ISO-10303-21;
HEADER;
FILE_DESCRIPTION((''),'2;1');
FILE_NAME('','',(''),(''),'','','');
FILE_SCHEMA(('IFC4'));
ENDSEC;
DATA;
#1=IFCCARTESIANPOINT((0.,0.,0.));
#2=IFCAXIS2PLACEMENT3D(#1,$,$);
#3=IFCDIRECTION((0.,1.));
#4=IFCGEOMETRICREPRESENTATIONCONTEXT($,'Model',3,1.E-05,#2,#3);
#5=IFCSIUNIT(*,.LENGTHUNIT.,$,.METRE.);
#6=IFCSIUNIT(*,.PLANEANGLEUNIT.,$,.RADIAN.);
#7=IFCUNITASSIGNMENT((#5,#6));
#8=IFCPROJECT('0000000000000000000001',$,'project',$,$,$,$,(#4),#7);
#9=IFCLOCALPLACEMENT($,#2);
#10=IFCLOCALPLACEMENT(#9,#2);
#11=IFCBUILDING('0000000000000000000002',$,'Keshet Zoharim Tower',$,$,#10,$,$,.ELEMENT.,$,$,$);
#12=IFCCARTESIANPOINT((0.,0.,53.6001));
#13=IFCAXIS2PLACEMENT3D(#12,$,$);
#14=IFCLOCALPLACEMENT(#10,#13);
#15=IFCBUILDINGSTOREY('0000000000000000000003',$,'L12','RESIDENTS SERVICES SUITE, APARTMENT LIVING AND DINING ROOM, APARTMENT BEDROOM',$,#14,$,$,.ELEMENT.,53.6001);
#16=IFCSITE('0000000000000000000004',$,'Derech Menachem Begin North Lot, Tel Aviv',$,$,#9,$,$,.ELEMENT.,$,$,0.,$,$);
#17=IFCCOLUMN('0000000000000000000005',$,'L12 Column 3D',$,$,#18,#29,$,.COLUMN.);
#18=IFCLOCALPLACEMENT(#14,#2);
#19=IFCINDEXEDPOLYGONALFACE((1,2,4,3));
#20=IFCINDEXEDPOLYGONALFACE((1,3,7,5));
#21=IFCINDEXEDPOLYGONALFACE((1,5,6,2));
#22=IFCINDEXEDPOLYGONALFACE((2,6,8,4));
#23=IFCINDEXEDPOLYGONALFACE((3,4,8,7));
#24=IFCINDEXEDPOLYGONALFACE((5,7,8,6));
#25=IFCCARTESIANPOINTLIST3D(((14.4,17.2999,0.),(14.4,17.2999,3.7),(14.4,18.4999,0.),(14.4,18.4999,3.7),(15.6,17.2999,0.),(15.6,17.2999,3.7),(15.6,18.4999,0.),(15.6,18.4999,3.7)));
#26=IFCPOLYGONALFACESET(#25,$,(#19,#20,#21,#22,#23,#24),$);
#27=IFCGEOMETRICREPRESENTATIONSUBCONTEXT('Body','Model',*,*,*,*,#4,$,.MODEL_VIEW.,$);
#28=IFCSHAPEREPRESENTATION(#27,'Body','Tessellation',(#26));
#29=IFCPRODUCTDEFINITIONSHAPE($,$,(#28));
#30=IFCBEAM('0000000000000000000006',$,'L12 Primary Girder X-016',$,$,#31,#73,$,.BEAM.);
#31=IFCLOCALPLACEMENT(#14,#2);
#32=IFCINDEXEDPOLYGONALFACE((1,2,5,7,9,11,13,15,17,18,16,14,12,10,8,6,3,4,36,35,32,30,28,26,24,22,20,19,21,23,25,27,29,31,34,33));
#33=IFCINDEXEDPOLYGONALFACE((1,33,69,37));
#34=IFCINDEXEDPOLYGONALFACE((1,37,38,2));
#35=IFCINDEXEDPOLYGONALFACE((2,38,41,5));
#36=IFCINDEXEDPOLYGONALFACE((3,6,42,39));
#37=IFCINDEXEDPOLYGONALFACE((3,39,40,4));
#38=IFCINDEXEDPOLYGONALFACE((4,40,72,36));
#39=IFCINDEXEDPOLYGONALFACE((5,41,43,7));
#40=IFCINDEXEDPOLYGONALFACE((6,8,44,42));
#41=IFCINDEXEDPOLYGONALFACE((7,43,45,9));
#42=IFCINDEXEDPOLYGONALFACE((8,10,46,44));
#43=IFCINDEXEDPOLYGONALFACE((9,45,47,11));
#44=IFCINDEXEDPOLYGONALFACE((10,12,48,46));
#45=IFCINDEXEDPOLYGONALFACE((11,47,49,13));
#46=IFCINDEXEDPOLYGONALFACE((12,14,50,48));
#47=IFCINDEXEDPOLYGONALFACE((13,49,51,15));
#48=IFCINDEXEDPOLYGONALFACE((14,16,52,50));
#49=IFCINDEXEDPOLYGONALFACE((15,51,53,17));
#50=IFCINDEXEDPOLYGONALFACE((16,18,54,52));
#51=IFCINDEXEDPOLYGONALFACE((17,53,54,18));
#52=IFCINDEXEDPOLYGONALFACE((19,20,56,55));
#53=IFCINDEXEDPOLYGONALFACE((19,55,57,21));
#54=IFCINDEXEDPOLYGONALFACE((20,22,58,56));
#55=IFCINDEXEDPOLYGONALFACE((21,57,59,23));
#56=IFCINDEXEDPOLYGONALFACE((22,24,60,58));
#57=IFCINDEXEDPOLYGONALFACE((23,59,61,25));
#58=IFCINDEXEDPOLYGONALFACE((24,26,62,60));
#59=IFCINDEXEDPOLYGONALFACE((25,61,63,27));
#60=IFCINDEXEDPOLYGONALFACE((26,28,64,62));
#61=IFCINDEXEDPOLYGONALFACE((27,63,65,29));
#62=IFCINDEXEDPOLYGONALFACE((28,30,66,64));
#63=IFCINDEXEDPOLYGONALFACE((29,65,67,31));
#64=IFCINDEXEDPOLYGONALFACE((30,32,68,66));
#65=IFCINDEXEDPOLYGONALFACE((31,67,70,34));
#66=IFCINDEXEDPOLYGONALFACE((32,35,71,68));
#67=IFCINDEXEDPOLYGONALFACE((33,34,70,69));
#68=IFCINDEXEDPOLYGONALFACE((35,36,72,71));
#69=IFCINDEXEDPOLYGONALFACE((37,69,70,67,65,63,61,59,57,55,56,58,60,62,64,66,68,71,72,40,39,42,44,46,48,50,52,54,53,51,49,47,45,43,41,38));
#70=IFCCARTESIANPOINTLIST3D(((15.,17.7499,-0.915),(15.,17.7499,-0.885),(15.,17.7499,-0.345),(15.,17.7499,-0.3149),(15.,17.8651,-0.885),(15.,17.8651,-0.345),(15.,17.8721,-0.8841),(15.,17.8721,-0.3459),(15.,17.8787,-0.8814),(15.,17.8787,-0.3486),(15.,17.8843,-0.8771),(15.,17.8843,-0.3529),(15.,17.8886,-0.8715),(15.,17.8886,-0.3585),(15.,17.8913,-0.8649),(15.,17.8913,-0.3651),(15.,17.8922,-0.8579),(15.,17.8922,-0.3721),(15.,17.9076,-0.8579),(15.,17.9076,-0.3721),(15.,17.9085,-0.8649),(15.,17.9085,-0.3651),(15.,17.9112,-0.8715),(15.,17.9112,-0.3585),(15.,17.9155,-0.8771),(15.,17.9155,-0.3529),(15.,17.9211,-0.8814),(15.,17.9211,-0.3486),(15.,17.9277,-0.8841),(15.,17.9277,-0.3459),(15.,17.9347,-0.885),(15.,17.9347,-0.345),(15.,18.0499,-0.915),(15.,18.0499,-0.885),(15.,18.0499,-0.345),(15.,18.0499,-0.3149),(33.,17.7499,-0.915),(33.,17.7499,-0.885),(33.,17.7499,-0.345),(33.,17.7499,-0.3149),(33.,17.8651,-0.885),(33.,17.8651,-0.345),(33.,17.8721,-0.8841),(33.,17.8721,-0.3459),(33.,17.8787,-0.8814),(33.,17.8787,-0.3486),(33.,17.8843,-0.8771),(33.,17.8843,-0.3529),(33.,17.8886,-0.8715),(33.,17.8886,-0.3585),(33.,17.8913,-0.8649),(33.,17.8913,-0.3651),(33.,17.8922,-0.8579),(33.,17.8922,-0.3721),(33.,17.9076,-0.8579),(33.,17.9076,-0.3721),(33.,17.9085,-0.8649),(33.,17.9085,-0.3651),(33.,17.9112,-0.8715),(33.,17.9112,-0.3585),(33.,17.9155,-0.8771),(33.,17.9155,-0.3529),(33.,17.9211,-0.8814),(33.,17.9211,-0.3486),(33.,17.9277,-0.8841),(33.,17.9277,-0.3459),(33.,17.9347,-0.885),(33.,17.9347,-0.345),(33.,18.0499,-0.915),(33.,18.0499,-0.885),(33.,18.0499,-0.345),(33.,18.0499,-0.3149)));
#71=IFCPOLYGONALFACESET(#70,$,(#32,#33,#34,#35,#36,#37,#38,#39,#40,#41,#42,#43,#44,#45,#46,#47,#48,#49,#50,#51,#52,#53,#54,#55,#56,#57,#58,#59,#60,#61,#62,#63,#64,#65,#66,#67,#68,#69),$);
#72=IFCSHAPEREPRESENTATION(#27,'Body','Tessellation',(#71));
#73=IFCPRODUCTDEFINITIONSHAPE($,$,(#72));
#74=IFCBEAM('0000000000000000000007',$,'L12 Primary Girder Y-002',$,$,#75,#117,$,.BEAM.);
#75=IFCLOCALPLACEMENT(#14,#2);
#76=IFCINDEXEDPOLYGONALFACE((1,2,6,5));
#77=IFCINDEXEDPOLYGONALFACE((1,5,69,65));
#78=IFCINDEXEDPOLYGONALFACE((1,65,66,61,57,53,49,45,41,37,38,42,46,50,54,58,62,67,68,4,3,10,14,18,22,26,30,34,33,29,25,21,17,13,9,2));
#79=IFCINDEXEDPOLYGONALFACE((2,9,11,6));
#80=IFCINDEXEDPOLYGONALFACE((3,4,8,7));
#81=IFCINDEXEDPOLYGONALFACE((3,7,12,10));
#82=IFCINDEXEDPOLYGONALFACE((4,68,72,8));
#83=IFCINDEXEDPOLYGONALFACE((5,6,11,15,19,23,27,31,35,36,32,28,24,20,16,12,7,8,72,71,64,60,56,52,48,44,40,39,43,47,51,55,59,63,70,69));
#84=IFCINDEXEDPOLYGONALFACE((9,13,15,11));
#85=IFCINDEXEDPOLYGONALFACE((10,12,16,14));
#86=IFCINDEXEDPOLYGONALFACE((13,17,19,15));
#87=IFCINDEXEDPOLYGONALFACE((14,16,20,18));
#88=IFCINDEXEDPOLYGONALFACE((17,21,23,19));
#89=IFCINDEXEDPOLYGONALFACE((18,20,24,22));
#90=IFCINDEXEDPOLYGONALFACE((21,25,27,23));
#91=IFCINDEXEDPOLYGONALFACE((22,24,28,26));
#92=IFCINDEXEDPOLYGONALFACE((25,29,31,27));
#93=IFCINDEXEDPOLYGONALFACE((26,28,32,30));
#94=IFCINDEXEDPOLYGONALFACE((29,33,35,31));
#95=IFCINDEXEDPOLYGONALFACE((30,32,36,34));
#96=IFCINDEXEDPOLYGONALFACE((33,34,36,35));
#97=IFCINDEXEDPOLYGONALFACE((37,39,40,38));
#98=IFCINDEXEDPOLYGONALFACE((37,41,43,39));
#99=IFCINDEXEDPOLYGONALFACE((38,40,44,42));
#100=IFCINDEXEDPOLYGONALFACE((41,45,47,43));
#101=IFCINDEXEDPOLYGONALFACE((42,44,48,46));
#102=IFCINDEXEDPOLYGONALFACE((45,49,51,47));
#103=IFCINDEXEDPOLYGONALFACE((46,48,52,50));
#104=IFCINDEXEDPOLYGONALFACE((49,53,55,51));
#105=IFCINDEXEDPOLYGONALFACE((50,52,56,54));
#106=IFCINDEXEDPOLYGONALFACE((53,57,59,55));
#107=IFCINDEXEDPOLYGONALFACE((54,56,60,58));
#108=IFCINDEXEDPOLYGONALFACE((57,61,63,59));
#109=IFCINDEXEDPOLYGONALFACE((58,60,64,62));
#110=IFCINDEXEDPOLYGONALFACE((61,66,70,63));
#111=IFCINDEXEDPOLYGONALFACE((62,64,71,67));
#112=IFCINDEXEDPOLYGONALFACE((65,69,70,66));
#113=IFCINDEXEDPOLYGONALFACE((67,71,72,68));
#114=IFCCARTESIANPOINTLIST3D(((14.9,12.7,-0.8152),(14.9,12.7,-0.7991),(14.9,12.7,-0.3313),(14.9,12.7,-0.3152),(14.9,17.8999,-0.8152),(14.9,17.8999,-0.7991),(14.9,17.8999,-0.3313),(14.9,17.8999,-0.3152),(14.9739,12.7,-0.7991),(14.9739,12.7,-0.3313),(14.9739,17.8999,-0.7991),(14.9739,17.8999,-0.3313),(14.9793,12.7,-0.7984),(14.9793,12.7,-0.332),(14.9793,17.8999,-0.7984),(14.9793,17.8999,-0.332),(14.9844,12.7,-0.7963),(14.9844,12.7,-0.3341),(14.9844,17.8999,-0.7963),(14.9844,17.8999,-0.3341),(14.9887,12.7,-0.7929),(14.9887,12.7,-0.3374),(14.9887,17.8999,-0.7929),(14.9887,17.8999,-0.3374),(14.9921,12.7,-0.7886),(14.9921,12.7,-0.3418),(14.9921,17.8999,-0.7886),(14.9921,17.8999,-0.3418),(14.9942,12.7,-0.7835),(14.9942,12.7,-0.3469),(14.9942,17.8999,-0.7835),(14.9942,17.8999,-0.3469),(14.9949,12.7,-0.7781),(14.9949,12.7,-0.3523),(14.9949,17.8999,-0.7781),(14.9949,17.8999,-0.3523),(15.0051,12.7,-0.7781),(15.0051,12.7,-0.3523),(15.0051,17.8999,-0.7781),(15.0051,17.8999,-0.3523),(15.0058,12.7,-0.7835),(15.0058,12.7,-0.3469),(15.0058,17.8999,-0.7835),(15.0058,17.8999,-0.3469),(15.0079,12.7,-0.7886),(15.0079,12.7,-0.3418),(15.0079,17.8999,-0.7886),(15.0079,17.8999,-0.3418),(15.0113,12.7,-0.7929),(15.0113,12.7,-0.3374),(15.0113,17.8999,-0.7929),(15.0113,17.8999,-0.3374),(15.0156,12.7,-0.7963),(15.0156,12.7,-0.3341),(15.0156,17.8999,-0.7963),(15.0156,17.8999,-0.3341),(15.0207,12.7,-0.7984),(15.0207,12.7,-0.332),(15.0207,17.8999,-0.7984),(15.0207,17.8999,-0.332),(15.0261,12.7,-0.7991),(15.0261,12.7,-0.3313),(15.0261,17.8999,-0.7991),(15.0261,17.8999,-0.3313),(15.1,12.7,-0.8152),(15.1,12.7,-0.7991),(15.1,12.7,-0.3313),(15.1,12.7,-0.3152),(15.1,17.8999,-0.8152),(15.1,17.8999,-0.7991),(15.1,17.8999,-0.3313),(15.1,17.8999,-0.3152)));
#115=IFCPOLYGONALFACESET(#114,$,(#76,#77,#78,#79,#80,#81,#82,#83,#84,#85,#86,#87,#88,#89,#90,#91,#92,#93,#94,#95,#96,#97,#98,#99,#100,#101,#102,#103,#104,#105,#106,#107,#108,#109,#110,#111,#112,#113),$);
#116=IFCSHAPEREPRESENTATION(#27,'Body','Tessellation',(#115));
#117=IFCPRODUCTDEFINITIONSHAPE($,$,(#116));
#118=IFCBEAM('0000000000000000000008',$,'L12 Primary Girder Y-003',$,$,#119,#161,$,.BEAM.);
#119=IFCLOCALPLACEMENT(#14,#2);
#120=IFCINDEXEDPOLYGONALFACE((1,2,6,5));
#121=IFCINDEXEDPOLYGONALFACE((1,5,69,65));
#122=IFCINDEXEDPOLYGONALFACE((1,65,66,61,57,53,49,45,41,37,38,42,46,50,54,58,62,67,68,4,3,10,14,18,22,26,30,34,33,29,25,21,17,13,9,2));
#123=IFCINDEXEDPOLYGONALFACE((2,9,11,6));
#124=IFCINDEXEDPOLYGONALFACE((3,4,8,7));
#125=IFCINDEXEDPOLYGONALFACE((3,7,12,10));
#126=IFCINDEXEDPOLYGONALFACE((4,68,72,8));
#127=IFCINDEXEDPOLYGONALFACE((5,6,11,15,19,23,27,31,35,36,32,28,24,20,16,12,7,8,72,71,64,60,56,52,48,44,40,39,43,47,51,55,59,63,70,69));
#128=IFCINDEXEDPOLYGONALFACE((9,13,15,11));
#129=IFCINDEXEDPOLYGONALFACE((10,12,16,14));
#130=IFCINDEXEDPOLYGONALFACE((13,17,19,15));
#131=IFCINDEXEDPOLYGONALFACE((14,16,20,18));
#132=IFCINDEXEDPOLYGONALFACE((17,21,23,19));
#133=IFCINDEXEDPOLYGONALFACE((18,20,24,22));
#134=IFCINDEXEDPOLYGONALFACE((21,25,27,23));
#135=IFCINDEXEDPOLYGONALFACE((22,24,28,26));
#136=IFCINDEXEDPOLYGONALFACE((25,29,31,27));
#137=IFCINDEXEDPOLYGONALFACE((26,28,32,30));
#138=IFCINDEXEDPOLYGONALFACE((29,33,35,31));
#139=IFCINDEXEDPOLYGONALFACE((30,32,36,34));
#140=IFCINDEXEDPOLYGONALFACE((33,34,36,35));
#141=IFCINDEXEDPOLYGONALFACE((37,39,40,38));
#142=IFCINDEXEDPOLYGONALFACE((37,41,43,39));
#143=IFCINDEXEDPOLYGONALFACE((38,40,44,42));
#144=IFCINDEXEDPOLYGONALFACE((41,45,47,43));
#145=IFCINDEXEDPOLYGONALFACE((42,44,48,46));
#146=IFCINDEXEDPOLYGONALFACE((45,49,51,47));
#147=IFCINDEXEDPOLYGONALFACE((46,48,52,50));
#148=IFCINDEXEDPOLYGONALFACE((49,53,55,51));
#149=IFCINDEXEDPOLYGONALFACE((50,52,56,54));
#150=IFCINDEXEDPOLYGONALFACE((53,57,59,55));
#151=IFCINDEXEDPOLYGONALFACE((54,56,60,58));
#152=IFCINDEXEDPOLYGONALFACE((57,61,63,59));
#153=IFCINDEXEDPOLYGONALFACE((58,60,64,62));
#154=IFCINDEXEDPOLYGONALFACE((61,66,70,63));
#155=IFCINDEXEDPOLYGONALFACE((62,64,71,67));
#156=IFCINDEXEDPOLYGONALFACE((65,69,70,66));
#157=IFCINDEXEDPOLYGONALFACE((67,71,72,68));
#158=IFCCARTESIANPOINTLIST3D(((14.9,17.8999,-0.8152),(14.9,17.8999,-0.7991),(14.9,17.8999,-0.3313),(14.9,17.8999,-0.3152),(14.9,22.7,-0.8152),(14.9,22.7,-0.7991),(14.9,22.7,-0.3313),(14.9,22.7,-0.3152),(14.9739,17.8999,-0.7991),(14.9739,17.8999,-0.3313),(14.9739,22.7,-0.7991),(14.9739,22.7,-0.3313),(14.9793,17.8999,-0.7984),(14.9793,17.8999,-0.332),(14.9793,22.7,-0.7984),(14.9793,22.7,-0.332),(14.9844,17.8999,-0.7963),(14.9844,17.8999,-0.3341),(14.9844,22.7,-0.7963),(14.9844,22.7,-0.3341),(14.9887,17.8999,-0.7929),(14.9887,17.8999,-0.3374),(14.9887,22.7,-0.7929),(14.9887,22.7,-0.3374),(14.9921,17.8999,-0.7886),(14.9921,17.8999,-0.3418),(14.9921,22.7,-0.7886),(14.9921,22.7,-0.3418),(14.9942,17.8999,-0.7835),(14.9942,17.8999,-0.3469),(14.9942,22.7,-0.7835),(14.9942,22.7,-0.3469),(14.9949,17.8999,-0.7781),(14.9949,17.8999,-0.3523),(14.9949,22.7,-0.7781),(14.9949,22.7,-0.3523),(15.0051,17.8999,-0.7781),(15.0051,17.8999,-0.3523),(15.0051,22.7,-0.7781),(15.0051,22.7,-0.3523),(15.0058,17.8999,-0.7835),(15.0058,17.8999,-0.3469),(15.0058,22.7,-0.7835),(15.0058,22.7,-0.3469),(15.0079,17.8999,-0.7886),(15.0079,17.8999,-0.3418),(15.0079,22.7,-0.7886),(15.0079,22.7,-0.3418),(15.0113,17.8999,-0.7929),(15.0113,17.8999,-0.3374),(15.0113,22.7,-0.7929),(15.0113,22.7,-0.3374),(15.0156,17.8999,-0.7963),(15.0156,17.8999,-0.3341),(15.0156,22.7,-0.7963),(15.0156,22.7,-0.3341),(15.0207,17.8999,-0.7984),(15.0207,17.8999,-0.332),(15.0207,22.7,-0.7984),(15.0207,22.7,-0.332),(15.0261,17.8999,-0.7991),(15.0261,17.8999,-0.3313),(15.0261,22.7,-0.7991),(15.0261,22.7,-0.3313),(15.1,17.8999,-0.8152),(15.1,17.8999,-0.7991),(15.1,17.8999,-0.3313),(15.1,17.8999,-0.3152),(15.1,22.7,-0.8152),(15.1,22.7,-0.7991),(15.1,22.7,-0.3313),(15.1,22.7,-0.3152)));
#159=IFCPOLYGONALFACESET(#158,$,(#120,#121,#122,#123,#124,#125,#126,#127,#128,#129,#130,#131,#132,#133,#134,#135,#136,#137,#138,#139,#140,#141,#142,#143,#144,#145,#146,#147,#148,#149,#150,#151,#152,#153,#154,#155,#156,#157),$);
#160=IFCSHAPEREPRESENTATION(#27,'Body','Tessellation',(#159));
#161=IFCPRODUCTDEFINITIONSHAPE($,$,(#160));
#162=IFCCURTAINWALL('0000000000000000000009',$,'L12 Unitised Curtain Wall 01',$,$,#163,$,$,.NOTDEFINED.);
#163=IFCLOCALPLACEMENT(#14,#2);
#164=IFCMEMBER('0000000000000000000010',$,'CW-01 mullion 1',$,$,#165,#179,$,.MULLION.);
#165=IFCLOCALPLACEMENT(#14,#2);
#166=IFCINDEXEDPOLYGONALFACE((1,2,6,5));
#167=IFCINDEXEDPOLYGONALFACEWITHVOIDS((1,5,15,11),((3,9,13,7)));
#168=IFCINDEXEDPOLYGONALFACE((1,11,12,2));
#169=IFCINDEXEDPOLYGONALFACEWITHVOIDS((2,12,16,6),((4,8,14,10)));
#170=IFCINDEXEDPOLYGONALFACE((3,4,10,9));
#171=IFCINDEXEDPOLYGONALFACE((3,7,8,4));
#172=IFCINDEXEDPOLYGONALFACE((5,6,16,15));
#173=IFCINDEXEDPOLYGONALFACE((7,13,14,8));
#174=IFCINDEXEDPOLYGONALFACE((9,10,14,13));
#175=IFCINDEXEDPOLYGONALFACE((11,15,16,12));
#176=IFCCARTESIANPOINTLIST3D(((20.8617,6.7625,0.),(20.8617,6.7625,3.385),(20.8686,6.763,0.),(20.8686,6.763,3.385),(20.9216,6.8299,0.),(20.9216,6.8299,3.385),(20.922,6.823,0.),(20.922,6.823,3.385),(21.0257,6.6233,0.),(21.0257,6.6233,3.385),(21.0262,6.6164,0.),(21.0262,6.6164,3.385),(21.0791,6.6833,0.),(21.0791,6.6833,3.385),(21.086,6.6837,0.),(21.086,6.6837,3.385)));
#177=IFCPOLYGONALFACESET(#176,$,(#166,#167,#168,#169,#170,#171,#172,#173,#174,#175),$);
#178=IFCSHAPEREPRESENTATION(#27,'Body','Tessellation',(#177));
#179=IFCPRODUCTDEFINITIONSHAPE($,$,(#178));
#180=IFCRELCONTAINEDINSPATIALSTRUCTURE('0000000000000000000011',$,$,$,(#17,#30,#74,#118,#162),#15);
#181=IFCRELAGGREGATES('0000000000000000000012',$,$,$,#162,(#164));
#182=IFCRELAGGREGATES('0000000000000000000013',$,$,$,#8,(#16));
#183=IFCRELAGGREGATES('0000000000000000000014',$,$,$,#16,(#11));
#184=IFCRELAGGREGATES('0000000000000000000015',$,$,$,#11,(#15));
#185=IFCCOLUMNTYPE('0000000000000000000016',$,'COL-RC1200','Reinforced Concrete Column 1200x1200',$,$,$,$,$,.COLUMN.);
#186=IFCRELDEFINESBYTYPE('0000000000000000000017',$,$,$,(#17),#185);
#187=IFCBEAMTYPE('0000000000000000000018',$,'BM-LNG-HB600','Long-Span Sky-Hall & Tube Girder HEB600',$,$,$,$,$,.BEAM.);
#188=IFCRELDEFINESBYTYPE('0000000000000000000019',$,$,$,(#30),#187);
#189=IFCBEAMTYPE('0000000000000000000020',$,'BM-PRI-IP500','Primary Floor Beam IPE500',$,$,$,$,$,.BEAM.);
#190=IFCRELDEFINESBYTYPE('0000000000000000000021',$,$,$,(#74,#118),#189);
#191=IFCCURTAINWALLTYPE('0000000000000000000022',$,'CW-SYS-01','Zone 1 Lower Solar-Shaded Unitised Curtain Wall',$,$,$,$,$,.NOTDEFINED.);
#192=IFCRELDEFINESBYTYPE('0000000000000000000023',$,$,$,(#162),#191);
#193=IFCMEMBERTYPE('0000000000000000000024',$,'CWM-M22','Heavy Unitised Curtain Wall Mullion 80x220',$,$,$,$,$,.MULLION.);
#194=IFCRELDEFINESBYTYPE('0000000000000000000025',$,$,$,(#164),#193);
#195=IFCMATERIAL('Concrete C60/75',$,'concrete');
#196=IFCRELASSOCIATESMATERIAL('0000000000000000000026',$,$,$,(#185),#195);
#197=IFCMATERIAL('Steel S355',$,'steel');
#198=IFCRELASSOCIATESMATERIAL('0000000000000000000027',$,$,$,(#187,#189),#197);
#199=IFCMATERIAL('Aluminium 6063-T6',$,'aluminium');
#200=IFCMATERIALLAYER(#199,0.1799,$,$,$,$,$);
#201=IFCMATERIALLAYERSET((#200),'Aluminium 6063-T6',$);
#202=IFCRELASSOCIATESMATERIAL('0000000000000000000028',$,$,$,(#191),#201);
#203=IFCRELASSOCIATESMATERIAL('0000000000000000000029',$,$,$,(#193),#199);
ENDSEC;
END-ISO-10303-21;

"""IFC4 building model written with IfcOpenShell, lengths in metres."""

from ifc_helpers import new_model, si_unit, direction, frame, origin, origin_2d, place, context, subcontext, project, spatial, rectangle, hollow_rectangle, i_section, extrude, material, layer, layer_set, material_profile, profile_set, type_object, element, aggregate, save


model = new_model("IFC4")

# Units and contexts
model_context = context("Model", 3, precision=1e-05, world=origin(), true_north=direction((0.0, 1.0)))
body_context = subcontext(model_context, "Body", "Model", "MODEL_VIEW")
ifc_project = project(units=[si_unit("LENGTHUNIT", "METRE"), si_unit("PLANEANGLEUNIT", "RADIAN")], contexts=[model_context])

# Site, building, storey
site_placement = place(None, origin())
site = spatial("IfcSite", under=ifc_project, at=site_placement, Name="Derech Menachem Begin North Lot, Tel Aviv", CompositionType="ELEMENT", RefElevation=0.0)
building_placement = place(site_placement, origin())
building = spatial("IfcBuilding", under=site, at=building_placement, Name="Keshet Zoharim Tower", CompositionType="ELEMENT")
storey_placement = place(building_placement, frame((0.0, 0.0, 53.6001)))
storey = spatial("IfcBuildingStorey", under=building, at=storey_placement, Name="L12", Description="RESIDENTS SERVICES SUITE, APARTMENT LIVING AND DINING ROOM, APARTMENT BEDROOM", CompositionType="ELEMENT", Elevation=53.6001)

# Column
ifc_material_1 = material(Name="Concrete C60/75", Category="concrete")
ifc_material_profile_1 = material_profile(ifc_material_1, rectangle(XDim=1.2, YDim=1.2, at=origin_2d()), Name="RC1200x1200")
ifc_profile_set_1 = profile_set([ifc_material_profile_1], Name="Concrete C60/75")
column_type = type_object("IfcColumnType", Name="COL-RC1200", Description="Reinforced Concrete Column 1200x1200", PredefinedType="COLUMN", material=ifc_profile_set_1)
column_placement = place(storey_placement, frame((15.0, 17.8999, 0.0), z_axis=(0.0, 0.0, 1.0), x_axis=(1.0, 0.0, 0.0)))
element("IfcColumn", 1, at=column_placement, inside=storey, type_object=column_type, Name="L12 Column 3D", PredefinedType="COLUMN", context=body_context, shape_type="SweptSolid", body=[
    extrude(rectangle(XDim=1.2, YDim=1.2, at=origin_2d()), origin(), (0.0, 0.0, 1.0), 3.7),
])

# Beams
ifc_material_2 = material(Name="Steel S355", Category="steel")
ifc_material_profile_2 = material_profile(ifc_material_2, i_section(OverallWidth=0.3, OverallDepth=0.6001, WebThickness=0.0154, FlangeThickness=0.03, FilletRadius=0.0271, at=origin_2d()), Name="HEB600")
ifc_profile_set_2 = profile_set([ifc_material_profile_2], Name="Steel S355")
beam_type_1 = type_object("IfcBeamType", Name="BM-LNG-HB600", Description="Long-Span Sky-Hall & Tube Girder HEB600", PredefinedType="BEAM", material=ifc_profile_set_2)
beam_1_placement = place(storey_placement, frame((15.0, 17.8999, -0.615), z_axis=(1.0, 0.0, 0.0), x_axis=(0.0, 1.0, 0.0)))
element("IfcBeam", 2, at=beam_1_placement, inside=storey, type_object=beam_type_1, Name="L12 Primary Girder X-016", PredefinedType="BEAM", context=body_context, shape_type="SweptSolid", body=[
    extrude(i_section(OverallWidth=0.3, OverallDepth=0.6001, WebThickness=0.0154, FlangeThickness=0.03, FilletRadius=0.0271, at=origin_2d()), origin(), (0.0, 0.0, 1.0), 18.0),
])
ifc_material_profile_3 = material_profile(ifc_material_2, i_section(OverallWidth=0.2, OverallDepth=0.5, WebThickness=0.0103, FlangeThickness=0.0161, FilletRadius=0.021, at=origin_2d()), Name="IPE500")
ifc_profile_set_3 = profile_set([ifc_material_profile_3], Name="Steel S355")
beam_type_2 = type_object("IfcBeamType", Name="BM-PRI-IP500", Description="Primary Floor Beam IPE500", PredefinedType="BEAM", material=ifc_profile_set_3)
beam_2_placement = place(storey_placement, frame((15.0, 12.7, -0.5652), z_axis=(0.0, 1.0, 0.0), x_axis=(-1.0, 0.0, 0.0)))
element("IfcBeam", 3, at=beam_2_placement, inside=storey, type_object=beam_type_2, Name="L12 Primary Girder Y-002", PredefinedType="BEAM", context=body_context, shape_type="SweptSolid", body=[
    extrude(i_section(OverallWidth=0.2, OverallDepth=0.5, WebThickness=0.0103, FlangeThickness=0.0161, FilletRadius=0.021, at=origin_2d()), origin(), (0.0, 0.0, 1.0), 5.2),
])
beam_3_placement = place(storey_placement, frame((15.0, 17.8999, -0.5652), z_axis=(0.0, 1.0, 0.0), x_axis=(-1.0, 0.0, 0.0)))
element("IfcBeam", 4, at=beam_3_placement, inside=storey, type_object=beam_type_2, Name="L12 Primary Girder Y-003", PredefinedType="BEAM", context=body_context, shape_type="SweptSolid", body=[
    extrude(i_section(OverallWidth=0.2, OverallDepth=0.5, WebThickness=0.0103, FlangeThickness=0.0161, FilletRadius=0.021, at=origin_2d()), origin(), (0.0, 0.0, 1.0), 4.8),
])

# Curtain wall, member
ifc_material_3 = material(Name="Aluminium 6063-T6", Category="aluminium")
ifc_layer_1 = layer(ifc_material_3, 0.1799)
ifc_layer_set_1 = layer_set([ifc_layer_1], Name="Aluminium 6063-T6")
curtain_wall_type = type_object("IfcCurtainWallType", Name="CW-SYS-01", Description="Zone 1 Lower Solar-Shaded Unitised Curtain Wall", PredefinedType="NOTDEFINED", material=ifc_layer_set_1)
curtain_wall_1_placement = place(storey_placement, origin())
curtain_wall_1 = element("IfcCurtainWall", 5, at=curtain_wall_1_placement, inside=storey, type_object=curtain_wall_type, Name="L12 Unitised Curtain Wall 01", PredefinedType="NOTDEFINED")
ifc_material_profile_4 = material_profile(ifc_material_3, hollow_rectangle(XDim=0.0901, YDim=0.22, WallThickness=0.0049, at=origin_2d()), Name="MUL-90x220")
ifc_profile_set_4 = profile_set([ifc_material_profile_4], Name="Aluminium 6063-T6")
member_type_1 = type_object("IfcMemberType", Name="CWM-M22", Description="Heavy Unitised Curtain Wall Mullion 80x220", PredefinedType="MULLION", material=ifc_profile_set_4)
member_1_placement = place(storey_placement, frame((20.9739, 6.7231, 0.0), z_axis=(0.0, 0.0, 1.0), x_axis=(-0.664364, -0.747409, 0.0)))
member_1 = element("IfcMember", 6, at=member_1_placement, type_object=member_type_1, Name="CW-01 mullion 1", PredefinedType="MULLION", context=body_context, shape_type="SweptSolid", body=[
    extrude(hollow_rectangle(XDim=0.0901, YDim=0.22, WallThickness=0.0049, at=origin_2d()), origin(), (0.0, 0.0, 1.0), 3.385),
])

aggregate(curtain_wall_1, [member_1])

save(model, "model.ifc")
